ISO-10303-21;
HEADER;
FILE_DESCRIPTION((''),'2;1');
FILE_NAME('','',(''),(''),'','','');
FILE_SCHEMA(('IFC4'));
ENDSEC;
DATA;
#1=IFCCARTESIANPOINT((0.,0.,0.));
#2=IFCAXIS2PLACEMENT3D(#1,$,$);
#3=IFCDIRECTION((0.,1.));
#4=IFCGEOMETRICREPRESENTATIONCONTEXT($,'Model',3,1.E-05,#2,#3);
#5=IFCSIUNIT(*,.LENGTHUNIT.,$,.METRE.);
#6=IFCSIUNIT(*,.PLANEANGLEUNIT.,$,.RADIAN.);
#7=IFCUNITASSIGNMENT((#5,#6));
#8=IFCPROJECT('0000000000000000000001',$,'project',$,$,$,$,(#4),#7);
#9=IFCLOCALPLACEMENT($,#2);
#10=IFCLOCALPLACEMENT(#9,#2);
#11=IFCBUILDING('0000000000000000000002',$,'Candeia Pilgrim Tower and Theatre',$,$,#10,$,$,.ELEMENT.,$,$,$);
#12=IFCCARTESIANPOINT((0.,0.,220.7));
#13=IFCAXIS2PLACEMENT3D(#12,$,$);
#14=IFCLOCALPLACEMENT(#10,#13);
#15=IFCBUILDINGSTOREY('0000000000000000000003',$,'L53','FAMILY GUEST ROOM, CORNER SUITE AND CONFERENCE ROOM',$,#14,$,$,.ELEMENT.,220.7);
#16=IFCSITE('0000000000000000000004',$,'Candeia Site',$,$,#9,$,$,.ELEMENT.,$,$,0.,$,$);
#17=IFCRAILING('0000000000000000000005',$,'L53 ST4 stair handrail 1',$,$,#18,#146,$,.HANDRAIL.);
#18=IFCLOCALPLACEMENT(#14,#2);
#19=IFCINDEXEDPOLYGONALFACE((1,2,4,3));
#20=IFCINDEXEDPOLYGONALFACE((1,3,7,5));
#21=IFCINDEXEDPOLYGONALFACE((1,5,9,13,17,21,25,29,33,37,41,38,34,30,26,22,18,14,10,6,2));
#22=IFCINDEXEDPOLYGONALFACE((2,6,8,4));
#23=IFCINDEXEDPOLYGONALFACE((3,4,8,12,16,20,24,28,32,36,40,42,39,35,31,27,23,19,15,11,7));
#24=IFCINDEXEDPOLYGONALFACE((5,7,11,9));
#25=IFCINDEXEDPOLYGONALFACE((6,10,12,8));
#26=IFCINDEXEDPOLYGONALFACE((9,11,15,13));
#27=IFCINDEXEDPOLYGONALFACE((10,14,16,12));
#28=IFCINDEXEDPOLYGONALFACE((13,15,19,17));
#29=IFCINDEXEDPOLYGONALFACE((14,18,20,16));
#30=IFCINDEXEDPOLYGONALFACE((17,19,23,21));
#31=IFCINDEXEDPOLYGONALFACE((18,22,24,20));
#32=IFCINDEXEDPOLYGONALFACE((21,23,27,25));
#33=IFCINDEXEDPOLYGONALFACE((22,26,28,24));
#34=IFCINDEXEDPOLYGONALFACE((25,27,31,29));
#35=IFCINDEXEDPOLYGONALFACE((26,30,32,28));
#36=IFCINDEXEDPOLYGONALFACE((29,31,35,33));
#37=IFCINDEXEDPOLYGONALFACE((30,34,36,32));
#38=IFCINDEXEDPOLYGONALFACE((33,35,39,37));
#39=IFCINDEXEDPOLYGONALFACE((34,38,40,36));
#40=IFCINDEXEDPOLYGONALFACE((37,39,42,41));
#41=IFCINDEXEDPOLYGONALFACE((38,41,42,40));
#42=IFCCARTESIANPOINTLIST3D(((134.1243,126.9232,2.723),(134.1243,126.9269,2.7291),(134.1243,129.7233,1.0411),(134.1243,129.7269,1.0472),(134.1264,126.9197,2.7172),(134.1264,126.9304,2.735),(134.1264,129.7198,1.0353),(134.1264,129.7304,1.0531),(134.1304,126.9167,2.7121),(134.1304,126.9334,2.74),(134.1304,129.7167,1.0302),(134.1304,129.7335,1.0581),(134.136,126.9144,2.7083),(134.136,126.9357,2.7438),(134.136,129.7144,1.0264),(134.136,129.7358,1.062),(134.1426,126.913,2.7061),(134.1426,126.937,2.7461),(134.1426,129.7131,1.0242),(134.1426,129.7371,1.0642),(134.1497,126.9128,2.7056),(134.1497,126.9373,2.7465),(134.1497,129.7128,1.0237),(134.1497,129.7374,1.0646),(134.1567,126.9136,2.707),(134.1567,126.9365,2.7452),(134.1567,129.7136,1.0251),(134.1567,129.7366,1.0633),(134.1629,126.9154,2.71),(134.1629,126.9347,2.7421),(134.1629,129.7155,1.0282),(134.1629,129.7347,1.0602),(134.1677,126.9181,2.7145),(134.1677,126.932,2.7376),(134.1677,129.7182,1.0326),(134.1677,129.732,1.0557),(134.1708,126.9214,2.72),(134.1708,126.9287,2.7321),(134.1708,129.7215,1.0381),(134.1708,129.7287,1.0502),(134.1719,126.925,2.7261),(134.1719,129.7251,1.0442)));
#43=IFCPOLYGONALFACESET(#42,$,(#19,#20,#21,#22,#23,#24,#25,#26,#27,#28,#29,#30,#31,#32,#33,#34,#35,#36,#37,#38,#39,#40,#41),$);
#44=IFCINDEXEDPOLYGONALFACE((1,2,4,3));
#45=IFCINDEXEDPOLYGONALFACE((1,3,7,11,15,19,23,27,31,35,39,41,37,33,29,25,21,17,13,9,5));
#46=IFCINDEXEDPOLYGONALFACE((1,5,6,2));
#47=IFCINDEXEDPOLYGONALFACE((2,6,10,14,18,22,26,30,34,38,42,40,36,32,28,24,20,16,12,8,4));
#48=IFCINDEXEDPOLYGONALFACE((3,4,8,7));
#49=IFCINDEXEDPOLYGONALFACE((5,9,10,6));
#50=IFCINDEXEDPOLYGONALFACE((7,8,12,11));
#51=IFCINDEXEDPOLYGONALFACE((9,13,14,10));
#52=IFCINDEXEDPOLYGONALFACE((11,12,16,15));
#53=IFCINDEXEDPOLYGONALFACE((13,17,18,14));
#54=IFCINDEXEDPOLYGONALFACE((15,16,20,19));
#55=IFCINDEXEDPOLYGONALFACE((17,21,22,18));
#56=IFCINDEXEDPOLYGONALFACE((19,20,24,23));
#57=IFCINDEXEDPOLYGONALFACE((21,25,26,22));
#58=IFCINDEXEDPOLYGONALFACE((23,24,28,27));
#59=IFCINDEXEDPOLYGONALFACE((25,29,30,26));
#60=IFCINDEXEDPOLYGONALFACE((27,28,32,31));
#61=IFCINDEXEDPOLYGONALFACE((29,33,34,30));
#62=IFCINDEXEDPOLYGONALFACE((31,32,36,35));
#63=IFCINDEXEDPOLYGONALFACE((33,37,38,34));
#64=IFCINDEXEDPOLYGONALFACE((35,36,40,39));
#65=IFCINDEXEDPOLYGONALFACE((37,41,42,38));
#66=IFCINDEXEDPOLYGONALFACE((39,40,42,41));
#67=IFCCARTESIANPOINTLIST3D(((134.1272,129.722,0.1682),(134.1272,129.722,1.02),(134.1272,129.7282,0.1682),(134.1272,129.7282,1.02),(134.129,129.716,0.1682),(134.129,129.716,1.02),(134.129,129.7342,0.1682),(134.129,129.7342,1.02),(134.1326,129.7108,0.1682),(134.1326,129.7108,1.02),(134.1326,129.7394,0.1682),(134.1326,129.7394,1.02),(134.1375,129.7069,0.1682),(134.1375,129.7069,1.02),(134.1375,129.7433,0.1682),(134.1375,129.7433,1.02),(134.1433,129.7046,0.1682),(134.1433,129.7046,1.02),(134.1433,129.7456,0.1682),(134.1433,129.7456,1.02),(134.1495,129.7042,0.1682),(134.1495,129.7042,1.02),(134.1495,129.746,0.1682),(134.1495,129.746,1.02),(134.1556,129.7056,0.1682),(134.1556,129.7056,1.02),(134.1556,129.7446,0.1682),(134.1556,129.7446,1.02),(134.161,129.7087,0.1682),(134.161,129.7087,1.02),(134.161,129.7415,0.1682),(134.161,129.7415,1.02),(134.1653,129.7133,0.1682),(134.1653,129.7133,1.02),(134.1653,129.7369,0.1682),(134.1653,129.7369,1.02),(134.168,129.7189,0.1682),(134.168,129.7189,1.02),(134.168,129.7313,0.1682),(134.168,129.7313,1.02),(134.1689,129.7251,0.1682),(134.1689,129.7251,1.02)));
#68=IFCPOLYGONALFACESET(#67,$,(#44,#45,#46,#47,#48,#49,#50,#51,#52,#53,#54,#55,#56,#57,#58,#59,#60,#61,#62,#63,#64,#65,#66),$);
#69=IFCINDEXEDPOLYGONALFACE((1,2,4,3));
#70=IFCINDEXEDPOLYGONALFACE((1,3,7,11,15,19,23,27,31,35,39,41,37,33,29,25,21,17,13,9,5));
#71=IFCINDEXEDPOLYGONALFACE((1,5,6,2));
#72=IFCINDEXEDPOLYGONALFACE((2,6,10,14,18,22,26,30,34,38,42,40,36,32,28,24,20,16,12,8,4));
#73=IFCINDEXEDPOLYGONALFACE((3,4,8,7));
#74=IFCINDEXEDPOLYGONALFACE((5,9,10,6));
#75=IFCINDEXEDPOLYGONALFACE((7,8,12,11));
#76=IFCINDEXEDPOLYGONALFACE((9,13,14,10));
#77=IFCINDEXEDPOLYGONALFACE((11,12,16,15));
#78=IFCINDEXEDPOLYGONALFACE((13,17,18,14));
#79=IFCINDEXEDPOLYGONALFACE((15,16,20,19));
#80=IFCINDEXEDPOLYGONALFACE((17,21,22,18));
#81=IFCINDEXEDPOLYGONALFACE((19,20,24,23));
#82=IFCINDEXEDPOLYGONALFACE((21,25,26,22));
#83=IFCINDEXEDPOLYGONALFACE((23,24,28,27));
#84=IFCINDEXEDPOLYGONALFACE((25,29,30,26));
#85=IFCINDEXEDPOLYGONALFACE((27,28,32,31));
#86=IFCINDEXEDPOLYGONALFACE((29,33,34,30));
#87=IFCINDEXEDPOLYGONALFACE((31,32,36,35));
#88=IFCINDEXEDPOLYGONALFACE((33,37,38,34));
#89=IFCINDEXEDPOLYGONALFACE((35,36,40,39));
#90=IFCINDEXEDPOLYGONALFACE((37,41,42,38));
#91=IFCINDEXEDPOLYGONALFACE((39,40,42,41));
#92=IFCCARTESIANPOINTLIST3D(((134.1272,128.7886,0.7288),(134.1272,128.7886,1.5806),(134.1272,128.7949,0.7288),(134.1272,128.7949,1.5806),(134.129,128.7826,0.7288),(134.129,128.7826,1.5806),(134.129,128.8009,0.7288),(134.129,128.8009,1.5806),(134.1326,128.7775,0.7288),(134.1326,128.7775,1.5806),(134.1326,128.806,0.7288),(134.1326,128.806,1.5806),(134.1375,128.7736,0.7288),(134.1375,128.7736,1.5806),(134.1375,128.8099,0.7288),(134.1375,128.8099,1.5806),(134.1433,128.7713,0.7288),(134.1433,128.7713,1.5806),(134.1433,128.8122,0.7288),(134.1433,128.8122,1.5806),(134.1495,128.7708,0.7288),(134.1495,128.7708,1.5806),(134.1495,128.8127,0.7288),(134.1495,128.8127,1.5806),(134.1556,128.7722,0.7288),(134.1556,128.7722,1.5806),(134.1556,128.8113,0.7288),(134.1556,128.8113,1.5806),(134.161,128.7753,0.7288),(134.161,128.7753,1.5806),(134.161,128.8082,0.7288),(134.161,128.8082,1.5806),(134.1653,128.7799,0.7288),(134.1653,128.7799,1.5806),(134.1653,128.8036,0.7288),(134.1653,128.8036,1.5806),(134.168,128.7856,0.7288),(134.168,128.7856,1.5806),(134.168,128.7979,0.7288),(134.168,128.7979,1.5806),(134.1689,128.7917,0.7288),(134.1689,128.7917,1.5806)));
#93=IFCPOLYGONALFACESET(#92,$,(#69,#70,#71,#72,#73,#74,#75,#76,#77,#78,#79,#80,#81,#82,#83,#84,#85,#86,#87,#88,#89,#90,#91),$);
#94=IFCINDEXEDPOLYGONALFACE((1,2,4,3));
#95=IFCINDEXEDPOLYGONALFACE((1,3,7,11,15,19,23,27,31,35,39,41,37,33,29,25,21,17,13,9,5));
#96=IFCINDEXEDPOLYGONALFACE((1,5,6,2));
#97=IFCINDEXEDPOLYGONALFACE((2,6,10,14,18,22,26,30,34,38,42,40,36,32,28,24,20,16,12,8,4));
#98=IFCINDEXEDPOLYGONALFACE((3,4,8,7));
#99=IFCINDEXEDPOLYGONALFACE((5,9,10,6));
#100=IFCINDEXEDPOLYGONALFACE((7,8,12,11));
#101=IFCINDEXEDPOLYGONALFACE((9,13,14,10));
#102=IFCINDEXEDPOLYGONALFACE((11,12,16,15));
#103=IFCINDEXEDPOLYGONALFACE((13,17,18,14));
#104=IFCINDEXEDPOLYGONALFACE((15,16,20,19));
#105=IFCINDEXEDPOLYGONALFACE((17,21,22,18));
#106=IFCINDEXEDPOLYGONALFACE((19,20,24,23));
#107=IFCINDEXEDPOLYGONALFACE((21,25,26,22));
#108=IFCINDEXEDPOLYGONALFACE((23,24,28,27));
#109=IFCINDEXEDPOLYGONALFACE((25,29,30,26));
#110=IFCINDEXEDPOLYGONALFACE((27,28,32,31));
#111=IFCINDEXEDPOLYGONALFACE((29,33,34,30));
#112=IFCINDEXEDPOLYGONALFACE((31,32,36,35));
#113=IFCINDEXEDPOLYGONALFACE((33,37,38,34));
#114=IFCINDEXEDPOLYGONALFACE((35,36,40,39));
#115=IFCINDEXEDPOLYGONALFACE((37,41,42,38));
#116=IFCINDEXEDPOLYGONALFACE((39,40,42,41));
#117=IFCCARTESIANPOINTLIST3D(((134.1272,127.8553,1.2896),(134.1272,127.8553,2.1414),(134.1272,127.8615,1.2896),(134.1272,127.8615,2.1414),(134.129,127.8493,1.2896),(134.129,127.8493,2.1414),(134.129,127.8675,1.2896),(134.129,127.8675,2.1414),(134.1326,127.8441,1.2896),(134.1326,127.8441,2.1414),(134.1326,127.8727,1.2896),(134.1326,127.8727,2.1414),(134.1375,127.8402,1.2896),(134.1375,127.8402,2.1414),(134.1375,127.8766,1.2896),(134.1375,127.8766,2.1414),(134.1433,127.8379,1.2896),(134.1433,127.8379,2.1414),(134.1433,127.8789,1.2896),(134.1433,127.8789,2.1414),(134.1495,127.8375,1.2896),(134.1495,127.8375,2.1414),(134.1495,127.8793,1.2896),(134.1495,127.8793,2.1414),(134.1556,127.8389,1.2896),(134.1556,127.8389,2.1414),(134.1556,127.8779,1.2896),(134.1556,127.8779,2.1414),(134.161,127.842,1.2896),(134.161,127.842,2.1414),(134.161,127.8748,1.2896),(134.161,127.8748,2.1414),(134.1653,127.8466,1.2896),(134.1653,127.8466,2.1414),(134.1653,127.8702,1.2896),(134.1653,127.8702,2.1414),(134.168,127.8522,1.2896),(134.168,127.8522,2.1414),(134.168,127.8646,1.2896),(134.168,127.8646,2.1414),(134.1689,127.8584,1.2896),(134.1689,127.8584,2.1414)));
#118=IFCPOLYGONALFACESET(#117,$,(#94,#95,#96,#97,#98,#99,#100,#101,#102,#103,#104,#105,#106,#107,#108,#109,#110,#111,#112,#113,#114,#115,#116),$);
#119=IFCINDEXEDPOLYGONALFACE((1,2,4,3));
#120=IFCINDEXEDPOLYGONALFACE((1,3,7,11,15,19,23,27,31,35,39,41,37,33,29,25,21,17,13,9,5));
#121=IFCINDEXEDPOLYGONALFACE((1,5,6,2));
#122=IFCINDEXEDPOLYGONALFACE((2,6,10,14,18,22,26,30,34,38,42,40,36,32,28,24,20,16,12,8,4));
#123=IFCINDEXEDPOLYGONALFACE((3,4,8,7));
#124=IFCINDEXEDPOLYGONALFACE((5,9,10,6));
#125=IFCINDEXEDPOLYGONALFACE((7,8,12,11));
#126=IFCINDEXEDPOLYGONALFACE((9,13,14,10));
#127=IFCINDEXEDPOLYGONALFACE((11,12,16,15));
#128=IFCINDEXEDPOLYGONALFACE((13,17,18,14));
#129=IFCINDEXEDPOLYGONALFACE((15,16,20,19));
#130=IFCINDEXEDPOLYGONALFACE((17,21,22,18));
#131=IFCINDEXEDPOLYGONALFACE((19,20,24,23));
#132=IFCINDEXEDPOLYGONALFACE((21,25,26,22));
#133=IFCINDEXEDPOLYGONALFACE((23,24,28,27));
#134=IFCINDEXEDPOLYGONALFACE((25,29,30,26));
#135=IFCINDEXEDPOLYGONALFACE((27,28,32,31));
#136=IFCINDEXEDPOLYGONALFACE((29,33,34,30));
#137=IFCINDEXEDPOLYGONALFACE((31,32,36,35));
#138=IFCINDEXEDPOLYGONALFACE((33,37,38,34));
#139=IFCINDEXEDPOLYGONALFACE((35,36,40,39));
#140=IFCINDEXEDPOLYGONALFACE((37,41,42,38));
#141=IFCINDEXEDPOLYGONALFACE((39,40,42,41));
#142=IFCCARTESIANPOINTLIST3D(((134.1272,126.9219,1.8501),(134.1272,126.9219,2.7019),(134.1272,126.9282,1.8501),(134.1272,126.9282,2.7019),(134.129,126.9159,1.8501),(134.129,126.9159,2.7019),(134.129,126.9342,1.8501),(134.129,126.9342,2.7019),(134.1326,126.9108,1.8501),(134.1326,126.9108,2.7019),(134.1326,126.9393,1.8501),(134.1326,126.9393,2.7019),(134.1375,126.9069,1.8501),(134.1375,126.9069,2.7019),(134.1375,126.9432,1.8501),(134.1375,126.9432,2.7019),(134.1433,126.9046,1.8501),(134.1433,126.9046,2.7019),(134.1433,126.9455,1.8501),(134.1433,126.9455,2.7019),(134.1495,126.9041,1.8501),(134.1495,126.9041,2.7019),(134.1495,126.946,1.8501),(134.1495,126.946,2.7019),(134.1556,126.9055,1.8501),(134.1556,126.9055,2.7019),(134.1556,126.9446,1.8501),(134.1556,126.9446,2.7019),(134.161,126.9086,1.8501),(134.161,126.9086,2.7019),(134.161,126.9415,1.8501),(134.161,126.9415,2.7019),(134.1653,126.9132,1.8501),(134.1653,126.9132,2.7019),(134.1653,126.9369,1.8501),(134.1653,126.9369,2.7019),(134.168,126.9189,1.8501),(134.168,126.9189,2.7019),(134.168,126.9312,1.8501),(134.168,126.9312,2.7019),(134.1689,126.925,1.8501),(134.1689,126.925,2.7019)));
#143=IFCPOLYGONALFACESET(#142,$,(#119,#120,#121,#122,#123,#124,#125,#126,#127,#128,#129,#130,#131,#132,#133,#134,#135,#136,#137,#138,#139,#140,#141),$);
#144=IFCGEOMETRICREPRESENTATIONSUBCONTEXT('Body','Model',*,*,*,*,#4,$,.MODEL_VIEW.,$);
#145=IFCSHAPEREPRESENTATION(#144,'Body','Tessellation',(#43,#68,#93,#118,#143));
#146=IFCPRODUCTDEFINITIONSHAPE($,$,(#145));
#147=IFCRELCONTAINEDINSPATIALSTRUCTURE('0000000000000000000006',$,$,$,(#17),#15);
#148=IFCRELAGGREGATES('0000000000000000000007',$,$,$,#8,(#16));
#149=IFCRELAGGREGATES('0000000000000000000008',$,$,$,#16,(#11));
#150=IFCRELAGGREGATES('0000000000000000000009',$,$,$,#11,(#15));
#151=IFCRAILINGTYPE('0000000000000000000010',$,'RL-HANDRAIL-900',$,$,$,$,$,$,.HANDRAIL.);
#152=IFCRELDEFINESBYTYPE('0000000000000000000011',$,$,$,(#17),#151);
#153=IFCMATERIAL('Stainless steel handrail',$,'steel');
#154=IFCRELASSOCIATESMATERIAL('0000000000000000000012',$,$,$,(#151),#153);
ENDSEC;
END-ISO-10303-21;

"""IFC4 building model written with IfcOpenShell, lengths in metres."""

from ifc_helpers import new_model, si_unit, direction, frame, origin, origin_2d, place, context, subcontext, project, spatial, circle, extrude, material, type_object, element, save


model = new_model("IFC4")

# Units and contexts
model_context = context("Model", 3, precision=1e-05, world=origin(), true_north=direction((0.0, 1.0)))
body_context = subcontext(model_context, "Body", "Model", "MODEL_VIEW")
ifc_project = project(units=[si_unit("LENGTHUNIT", "METRE"), si_unit("PLANEANGLEUNIT", "RADIAN")], contexts=[model_context])

# Site, building, storey
site_placement = place(None, origin())
site = spatial("IfcSite", under=ifc_project, at=site_placement, Name="Candeia Site", CompositionType="ELEMENT", RefElevation=0.0)
building_placement = place(site_placement, origin())
building = spatial("IfcBuilding", under=site, at=building_placement, Name="Candeia Pilgrim Tower and Theatre", CompositionType="ELEMENT")
storey_placement = place(building_placement, frame((0.0, 0.0, 220.7)))
storey = spatial("IfcBuildingStorey", under=building, at=storey_placement, Name="L53", Description="FAMILY GUEST ROOM, CORNER SUITE AND CONFERENCE ROOM", CompositionType="ELEMENT", Elevation=220.7)

# Railing
ifc_material_1 = material(Name="Stainless steel handrail", Category="steel")
railing_type_1 = type_object("IfcRailingType", Name="RL-HANDRAIL-900", PredefinedType="HANDRAIL", material=ifc_material_1)
railing_1_placement = place(storey_placement, frame((134.1479, 129.7251, 0.1682)))
element("IfcRailing", 1, at=railing_1_placement, inside=storey, type_object=railing_type_1, Name="L53 ST4 stair handrail 1", PredefinedType="HANDRAIL", context=body_context, shape_type="SweptSolid", body=[
    extrude(circle(Radius=0.0239, at=origin_2d()), frame((0.0, 0.0, 0.876), z_axis=(0.0, -0.857242, 0.514913), x_axis=(1.0, 0.0, 0.0)), (0.0, 0.0, 1.0), 3.2664),
    extrude(circle(Radius=0.021, at=origin_2d()), origin(), (0.0, 0.0, 1.0), 0.8518),
    extrude(circle(Radius=0.021, at=origin_2d()), frame((0.0, -0.9333, 0.5605)), (0.0, 0.0, 1.0), 0.8518),
    extrude(circle(Radius=0.021, at=origin_2d()), frame((0.0, -1.8667, 1.1213)), (0.0, 0.0, 1.0), 0.8518),
    extrude(circle(Radius=0.021, at=origin_2d()), frame((0.0, -2.8, 1.6819)), (0.0, 0.0, 1.0), 0.8518),
])

save(model, "model.ifc")
